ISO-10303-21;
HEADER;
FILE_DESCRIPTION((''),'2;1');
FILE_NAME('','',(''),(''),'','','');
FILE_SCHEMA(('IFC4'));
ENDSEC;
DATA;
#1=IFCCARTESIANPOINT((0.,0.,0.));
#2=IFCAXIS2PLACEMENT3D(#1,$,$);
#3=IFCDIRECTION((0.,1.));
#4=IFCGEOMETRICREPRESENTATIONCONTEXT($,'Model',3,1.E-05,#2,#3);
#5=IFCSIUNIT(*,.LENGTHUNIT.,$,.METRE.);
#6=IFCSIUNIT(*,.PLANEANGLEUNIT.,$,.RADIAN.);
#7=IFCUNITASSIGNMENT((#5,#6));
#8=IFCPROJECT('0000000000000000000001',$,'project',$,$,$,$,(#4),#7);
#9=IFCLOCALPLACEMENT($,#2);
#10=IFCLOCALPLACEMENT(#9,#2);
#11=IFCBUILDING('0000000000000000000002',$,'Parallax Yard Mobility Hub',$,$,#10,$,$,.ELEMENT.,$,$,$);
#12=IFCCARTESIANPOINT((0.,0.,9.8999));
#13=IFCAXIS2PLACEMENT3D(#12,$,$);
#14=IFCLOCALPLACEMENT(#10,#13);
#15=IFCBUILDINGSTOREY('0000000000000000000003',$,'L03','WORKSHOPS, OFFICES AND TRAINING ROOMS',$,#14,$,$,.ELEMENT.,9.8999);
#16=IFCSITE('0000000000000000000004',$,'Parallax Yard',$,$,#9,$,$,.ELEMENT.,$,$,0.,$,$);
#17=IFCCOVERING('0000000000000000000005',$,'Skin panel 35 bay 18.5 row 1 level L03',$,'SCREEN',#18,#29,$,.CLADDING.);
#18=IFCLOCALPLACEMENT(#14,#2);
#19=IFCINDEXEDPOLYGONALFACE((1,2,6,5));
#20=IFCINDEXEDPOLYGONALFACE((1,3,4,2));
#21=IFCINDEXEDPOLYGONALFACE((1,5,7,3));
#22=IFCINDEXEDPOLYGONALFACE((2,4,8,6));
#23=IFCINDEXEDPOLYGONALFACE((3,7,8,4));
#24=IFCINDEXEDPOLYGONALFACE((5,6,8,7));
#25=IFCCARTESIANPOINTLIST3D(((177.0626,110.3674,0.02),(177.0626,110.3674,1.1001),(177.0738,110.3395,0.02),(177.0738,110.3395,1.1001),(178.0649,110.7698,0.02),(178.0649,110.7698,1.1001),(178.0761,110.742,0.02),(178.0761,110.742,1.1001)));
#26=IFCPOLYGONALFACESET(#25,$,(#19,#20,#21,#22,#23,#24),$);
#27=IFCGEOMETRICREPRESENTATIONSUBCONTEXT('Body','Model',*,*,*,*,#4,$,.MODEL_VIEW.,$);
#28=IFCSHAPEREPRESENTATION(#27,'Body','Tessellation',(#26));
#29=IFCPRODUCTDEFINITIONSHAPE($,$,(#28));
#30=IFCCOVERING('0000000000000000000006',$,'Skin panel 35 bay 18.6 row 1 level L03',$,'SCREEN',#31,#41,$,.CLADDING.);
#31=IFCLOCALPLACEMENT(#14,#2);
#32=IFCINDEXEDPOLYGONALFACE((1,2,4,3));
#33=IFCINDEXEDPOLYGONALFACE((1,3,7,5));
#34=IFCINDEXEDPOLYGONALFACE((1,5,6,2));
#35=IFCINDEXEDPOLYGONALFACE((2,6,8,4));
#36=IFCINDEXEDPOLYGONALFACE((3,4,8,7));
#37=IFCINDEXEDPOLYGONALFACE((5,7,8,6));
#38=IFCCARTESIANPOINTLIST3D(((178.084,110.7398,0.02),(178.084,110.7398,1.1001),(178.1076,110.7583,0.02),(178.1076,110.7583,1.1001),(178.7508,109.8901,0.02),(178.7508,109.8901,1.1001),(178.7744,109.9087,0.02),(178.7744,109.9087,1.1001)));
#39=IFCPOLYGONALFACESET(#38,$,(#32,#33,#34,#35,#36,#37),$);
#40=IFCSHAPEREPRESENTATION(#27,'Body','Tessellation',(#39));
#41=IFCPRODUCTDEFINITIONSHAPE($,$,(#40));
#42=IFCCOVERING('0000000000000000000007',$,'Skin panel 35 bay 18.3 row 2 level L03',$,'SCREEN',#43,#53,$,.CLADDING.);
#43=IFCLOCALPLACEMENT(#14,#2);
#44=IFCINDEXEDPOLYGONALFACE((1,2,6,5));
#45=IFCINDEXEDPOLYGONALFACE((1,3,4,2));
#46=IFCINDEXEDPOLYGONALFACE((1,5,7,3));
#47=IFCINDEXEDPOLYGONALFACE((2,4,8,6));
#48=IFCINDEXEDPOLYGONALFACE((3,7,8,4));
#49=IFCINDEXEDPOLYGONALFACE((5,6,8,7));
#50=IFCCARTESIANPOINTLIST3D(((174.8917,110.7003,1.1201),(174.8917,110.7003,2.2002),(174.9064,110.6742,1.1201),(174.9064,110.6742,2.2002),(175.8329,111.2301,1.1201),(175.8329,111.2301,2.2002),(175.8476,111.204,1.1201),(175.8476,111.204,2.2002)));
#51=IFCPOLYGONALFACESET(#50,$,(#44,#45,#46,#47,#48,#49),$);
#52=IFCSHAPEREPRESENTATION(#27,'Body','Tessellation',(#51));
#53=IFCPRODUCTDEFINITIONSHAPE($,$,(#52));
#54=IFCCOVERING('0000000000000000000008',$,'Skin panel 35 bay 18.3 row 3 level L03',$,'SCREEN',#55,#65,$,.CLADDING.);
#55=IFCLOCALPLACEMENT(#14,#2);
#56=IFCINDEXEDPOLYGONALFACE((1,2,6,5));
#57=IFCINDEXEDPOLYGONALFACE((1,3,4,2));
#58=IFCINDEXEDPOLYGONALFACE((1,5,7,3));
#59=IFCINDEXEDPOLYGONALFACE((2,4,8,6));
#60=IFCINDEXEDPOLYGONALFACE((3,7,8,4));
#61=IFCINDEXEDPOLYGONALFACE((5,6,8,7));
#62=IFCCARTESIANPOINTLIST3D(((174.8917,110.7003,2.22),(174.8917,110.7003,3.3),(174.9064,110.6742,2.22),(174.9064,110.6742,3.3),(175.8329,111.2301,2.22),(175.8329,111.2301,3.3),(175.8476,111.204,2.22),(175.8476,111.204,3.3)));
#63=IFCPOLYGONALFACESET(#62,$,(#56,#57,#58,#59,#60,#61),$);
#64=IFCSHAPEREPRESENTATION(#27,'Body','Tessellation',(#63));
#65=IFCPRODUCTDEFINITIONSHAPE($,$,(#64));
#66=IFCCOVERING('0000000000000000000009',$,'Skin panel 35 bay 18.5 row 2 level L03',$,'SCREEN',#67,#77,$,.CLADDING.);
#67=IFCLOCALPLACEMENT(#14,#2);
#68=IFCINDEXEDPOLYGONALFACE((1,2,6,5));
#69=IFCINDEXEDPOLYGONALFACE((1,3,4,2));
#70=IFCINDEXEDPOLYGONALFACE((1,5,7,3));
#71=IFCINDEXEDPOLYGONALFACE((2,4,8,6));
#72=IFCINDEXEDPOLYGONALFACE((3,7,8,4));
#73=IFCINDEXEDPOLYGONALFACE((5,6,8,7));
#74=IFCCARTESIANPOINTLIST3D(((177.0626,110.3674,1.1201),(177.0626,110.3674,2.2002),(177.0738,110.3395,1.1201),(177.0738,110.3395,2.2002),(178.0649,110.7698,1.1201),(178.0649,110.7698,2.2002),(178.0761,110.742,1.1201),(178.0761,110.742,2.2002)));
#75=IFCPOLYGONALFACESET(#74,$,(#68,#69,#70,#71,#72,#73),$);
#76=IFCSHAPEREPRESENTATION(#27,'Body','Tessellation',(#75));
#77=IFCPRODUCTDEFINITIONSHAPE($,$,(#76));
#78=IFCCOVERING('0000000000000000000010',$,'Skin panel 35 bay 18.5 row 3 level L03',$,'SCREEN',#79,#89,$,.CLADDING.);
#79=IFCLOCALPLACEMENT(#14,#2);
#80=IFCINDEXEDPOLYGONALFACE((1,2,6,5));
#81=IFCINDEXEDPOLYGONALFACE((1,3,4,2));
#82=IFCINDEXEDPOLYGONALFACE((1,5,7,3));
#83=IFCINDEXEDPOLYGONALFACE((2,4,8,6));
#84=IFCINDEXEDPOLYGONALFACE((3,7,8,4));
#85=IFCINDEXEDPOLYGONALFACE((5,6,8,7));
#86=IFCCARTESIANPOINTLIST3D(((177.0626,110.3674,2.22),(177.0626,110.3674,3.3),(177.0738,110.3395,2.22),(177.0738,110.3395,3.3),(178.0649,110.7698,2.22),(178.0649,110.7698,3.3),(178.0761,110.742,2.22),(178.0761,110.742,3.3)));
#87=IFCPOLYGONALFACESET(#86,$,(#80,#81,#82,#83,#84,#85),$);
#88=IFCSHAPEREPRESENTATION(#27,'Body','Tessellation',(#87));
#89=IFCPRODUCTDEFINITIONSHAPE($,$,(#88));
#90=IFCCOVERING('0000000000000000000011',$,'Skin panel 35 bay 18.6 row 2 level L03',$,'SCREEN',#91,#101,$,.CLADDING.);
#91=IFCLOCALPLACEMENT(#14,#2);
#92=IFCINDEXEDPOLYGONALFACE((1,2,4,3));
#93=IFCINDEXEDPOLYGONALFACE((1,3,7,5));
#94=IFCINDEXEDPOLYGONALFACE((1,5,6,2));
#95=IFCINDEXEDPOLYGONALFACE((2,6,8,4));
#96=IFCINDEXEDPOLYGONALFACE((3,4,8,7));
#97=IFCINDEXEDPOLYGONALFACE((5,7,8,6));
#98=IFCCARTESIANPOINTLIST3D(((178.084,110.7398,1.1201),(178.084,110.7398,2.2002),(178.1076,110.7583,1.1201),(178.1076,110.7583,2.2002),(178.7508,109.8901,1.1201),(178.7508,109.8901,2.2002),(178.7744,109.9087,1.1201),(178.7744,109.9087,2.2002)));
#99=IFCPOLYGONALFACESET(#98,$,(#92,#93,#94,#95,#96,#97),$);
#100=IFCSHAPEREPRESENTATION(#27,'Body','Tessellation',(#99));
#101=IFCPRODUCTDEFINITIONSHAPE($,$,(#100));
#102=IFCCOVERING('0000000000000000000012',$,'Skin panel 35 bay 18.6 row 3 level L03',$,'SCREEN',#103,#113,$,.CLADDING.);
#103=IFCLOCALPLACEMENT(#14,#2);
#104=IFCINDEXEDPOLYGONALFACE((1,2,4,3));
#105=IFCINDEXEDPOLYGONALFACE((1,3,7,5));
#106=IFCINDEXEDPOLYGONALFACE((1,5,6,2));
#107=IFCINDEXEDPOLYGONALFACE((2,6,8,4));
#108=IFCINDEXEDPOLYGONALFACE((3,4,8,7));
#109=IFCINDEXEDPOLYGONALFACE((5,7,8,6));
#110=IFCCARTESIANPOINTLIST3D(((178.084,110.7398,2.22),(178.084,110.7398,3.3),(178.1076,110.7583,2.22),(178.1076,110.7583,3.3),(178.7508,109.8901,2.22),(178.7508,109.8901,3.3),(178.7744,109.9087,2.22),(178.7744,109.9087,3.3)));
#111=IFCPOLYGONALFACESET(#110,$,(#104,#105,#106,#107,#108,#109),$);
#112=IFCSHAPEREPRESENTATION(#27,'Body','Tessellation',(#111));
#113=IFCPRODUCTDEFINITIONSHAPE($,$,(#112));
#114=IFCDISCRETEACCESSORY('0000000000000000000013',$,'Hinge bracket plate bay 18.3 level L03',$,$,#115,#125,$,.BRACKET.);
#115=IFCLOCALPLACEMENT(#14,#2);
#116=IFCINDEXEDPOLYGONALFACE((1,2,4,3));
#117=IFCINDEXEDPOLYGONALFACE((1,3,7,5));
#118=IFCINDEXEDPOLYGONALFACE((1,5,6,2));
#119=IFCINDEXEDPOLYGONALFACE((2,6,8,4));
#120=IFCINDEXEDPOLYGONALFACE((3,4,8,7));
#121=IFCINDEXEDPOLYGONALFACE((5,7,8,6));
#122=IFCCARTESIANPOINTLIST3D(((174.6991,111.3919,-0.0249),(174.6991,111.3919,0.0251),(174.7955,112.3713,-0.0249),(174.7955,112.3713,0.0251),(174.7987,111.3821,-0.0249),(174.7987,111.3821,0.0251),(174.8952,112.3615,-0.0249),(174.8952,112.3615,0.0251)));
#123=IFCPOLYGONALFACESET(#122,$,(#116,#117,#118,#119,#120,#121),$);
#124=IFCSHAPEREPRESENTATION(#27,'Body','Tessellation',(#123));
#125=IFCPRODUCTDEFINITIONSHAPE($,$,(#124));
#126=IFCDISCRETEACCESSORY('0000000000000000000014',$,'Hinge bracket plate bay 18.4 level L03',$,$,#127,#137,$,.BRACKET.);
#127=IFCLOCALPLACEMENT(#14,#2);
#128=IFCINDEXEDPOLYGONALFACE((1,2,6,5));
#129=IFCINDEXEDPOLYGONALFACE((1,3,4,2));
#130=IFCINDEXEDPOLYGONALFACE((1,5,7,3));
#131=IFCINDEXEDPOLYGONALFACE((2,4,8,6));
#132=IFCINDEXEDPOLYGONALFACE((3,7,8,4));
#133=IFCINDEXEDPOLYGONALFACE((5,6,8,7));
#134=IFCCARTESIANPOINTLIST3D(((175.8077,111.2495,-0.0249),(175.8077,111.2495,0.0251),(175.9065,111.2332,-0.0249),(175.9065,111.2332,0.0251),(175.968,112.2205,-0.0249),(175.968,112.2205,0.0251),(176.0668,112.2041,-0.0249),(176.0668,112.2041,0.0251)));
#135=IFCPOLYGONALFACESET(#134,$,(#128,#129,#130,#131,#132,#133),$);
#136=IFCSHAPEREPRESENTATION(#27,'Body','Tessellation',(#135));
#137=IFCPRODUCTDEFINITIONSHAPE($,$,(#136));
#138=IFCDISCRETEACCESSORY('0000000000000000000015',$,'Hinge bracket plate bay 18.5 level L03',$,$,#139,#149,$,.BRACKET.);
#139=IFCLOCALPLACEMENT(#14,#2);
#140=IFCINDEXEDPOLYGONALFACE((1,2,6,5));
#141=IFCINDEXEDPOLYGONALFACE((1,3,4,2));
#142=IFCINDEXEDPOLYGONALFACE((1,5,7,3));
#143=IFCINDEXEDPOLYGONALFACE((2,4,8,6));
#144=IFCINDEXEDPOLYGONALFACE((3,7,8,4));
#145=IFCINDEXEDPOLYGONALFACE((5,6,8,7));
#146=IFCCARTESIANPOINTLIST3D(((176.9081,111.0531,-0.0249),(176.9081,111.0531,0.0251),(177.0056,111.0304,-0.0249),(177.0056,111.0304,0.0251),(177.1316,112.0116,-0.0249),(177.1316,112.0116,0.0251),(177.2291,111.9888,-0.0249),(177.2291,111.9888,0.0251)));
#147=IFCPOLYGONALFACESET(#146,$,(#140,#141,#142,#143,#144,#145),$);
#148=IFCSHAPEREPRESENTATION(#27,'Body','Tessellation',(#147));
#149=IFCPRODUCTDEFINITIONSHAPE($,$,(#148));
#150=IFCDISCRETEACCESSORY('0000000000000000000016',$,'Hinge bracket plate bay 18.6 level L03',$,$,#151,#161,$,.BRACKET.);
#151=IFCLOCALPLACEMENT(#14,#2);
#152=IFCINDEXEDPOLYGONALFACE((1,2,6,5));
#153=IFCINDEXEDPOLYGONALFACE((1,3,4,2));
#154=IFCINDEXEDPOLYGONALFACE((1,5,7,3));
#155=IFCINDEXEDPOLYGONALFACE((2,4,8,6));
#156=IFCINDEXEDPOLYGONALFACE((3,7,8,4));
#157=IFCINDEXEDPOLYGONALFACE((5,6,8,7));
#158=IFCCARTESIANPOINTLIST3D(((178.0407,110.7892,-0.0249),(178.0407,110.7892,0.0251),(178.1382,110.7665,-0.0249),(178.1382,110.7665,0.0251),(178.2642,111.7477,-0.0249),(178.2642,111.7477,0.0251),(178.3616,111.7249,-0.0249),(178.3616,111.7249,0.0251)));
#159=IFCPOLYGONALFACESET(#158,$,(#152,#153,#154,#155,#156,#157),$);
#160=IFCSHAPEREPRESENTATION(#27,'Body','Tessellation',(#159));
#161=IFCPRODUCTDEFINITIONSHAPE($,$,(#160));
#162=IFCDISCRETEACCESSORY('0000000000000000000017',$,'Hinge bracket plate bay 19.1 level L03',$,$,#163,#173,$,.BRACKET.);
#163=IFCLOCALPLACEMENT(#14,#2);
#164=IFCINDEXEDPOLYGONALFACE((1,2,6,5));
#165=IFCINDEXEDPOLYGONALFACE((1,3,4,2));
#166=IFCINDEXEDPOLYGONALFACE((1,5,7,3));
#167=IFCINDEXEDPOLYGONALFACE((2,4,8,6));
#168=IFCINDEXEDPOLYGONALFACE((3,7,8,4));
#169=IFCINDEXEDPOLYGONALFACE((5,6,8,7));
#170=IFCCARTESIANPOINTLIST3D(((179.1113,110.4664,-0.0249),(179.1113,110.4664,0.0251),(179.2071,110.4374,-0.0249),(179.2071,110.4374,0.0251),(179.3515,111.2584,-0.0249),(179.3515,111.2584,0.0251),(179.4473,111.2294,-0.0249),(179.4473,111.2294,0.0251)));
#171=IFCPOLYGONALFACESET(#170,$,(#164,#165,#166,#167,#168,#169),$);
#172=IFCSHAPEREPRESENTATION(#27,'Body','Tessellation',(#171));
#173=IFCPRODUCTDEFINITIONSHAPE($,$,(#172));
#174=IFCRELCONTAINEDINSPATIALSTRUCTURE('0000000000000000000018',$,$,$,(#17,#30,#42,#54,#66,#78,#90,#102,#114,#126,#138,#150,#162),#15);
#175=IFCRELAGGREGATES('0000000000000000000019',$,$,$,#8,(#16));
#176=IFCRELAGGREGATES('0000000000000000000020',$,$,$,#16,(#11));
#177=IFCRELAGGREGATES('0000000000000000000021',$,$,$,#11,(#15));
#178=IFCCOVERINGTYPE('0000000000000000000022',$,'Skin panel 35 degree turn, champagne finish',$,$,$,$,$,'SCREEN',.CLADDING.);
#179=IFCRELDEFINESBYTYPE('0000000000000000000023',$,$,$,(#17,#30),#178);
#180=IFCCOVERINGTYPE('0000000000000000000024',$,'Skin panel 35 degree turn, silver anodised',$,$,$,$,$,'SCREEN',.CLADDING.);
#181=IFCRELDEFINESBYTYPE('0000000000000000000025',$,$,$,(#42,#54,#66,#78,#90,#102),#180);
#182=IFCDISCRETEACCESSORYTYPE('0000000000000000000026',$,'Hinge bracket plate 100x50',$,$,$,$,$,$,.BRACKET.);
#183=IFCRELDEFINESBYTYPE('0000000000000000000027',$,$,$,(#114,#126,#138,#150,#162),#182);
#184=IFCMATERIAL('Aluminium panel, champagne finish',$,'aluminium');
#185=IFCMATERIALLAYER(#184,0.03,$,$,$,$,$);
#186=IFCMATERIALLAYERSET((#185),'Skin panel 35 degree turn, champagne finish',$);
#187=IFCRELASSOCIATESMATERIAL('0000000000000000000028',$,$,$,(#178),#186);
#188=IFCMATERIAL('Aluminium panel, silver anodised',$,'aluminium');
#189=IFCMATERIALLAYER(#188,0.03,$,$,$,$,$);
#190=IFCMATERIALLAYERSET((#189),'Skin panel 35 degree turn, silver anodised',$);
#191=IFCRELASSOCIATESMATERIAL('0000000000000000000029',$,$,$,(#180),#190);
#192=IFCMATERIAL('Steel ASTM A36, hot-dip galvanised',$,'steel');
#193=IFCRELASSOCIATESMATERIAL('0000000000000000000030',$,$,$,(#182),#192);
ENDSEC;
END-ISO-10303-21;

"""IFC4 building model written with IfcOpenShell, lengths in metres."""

from ifc_helpers import new_model, si_unit, direction, frame, origin, origin_2d, place, context, subcontext, project, spatial, rectangle, extrude, material, layer, layer_set, type_object, element, save


model = new_model("IFC4")

# Units and contexts
model_context = context("Model", 3, precision=1e-05, world=origin(), true_north=direction((0.0, 1.0)))
body_context = subcontext(model_context, "Body", "Model", "MODEL_VIEW")
ifc_project = project(units=[si_unit("LENGTHUNIT", "METRE"), si_unit("PLANEANGLEUNIT", "RADIAN")], contexts=[model_context])

# Site, building, storey
site_placement = place(None, origin())
site = spatial("IfcSite", under=ifc_project, at=site_placement, Name="Parallax Yard", CompositionType="ELEMENT", RefElevation=0.0)
building_placement = place(site_placement, origin())
building = spatial("IfcBuilding", under=site, at=building_placement, Name="Parallax Yard Mobility Hub", CompositionType="ELEMENT")
storey_placement = place(building_placement, frame((0.0, 0.0, 9.8999)))
storey = spatial("IfcBuildingStorey", under=building, at=storey_placement, Name="L03", Description="WORKSHOPS, OFFICES AND TRAINING ROOMS", CompositionType="ELEMENT", Elevation=9.8999)

# Coverings
ifc_material_1 = material(Name="Aluminium panel, champagne finish", Category="aluminium")
ifc_material_2 = material(Name="Aluminium panel, silver anodised", Category="aluminium")
ifc_layer_1 = layer(ifc_material_1, 0.03)
ifc_layer_set_1 = layer_set([ifc_layer_1], Name="Skin panel 35 degree turn, champagne finish")
covering_type_1 = type_object("IfcCoveringType", Name="Skin panel 35 degree turn, champagne finish", ElementType="SCREEN", PredefinedType="CLADDING", material=ifc_layer_set_1)
for number, where, z_axis, x_axis, name in (
    (1, (177.5693, 110.5547, 0.02), (0.0, 0.0, 1.0), (-0.927999, -0.372583, 0.0), "Skin panel 35 bay 18.5 row 1 level L03"),
    (2, (178.4292, 110.3242, 0.02), (0.0, 0.0, 1.0), (0.617379, -0.786666, 0.0), "Skin panel 35 bay 18.6 row 1 level L03"),
):
    element("IfcCovering", number, at=place(storey_placement, frame(where, z_axis=z_axis, x_axis=x_axis)), inside=storey, type_object=covering_type_1, Name=name, ObjectType="SCREEN", PredefinedType="CLADDING", context=body_context, shape_type="SweptSolid", body=[
        extrude(rectangle(XDim=1.0801, YDim=0.03, at=origin_2d()), origin(), (0.0, 0.0, 1.0), 1.0801),
    ])
ifc_layer_2 = layer(ifc_material_2, 0.03)
ifc_layer_set_2 = layer_set([ifc_layer_2], Name="Skin panel 35 degree turn, silver anodised")
covering_type_2 = type_object("IfcCoveringType", Name="Skin panel 35 degree turn, silver anodised", ElementType="SCREEN", PredefinedType="CLADDING", material=ifc_layer_set_2)
for number, where, z_axis, x_axis, name in (
    (3, (175.3696, 110.9521, 1.1201), (0.0, 0.0, 1.0), (-0.871428, -0.490524, 0.0), "Skin panel 35 bay 18.3 row 2 level L03"),
    (4, (175.3696, 110.9521, 2.22), (0.0, 0.0, 1.0), (-0.871428, -0.490524, 0.0), "Skin panel 35 bay 18.3 row 3 level L03"),
    (5, (177.5693, 110.5547, 1.1201), (0.0, 0.0, 1.0), (-0.927999, -0.372583, 0.0), "Skin panel 35 bay 18.5 row 2 level L03"),
    (6, (177.5693, 110.5547, 2.22), (0.0, 0.0, 1.0), (-0.927999, -0.372583, 0.0), "Skin panel 35 bay 18.5 row 3 level L03"),
    (7, (178.4292, 110.3242, 1.1201), (0.0, 0.0, 1.0), (0.617379, -0.786666, 0.0), "Skin panel 35 bay 18.6 row 2 level L03"),
    (8, (178.4292, 110.3242, 2.22), (0.0, 0.0, 1.0), (0.617379, -0.786666, 0.0), "Skin panel 35 bay 18.6 row 3 level L03"),
):
    element("IfcCovering", number, at=place(storey_placement, frame(where, z_axis=z_axis, x_axis=x_axis)), inside=storey, type_object=covering_type_2, Name=name, ObjectType="SCREEN", PredefinedType="CLADDING", context=body_context, shape_type="SweptSolid", body=[
        extrude(rectangle(XDim=1.0801, YDim=0.03, at=origin_2d()), origin(), (0.0, 0.0, 1.0), 1.0801),
    ])

# Discrete accessories
ifc_material_3 = material(Name="Steel ASTM A36, hot-dip galvanised", Category="steel")
discrete_accessory_type_1 = type_object("IfcDiscreteAccessoryType", Name="Hinge bracket plate 100x50", PredefinedType="BRACKET", material=ifc_material_3)
for number, where, z_axis, x_axis, name in (
    (9, (174.7971, 111.8767, -0.0249), (0.0, 0.0, 1.0), (-0.098017, -0.995185, 0.0), "Hinge bracket plate bay 18.3 level L03"),
    (10, (175.9373, 111.7268, -0.0249), (0.0, 0.0, 1.0), (-0.162895, -0.986643, 0.0), "Hinge bracket plate bay 18.4 level L03"),
    (11, (177.0686, 111.521, -0.0249), (0.0, 0.0, 1.0), (-0.227076, -0.973877, 0.0), "Hinge bracket plate bay 18.5 level L03"),
    (12, (178.2012, 111.2571, -0.0249), (0.0, 0.0, 1.0), (-0.227076, -0.973877, 0.0), "Hinge bracket plate bay 18.6 level L03"),
):
    element("IfcDiscreteAccessory", number, at=place(storey_placement, frame(where, z_axis=z_axis, x_axis=x_axis)), inside=storey, type_object=discrete_accessory_type_1, Name=name, PredefinedType="BRACKET", context=body_context, shape_type="SweptSolid", body=[
        extrude(rectangle(XDim=0.9841, YDim=0.1001, at=origin_2d()), origin(), (0.0, 0.0, 1.0), 0.05),
    ])
discrete_accessory_placement = place(storey_placement, frame((179.2793, 110.8479, -0.0249), z_axis=(0.0, 0.0, 1.0), x_axis=(-0.290285, -0.95694, 0.0)))
element("IfcDiscreteAccessory", 13, at=discrete_accessory_placement, inside=storey, type_object=discrete_accessory_type_1, Name="Hinge bracket plate bay 19.1 level L03", PredefinedType="BRACKET", context=body_context, shape_type="SweptSolid", body=[
    extrude(rectangle(XDim=0.8276, YDim=0.1001, at=origin_2d()), origin(), (0.0, 0.0, 1.0), 0.05),
])

save(model, "model.ifc")
